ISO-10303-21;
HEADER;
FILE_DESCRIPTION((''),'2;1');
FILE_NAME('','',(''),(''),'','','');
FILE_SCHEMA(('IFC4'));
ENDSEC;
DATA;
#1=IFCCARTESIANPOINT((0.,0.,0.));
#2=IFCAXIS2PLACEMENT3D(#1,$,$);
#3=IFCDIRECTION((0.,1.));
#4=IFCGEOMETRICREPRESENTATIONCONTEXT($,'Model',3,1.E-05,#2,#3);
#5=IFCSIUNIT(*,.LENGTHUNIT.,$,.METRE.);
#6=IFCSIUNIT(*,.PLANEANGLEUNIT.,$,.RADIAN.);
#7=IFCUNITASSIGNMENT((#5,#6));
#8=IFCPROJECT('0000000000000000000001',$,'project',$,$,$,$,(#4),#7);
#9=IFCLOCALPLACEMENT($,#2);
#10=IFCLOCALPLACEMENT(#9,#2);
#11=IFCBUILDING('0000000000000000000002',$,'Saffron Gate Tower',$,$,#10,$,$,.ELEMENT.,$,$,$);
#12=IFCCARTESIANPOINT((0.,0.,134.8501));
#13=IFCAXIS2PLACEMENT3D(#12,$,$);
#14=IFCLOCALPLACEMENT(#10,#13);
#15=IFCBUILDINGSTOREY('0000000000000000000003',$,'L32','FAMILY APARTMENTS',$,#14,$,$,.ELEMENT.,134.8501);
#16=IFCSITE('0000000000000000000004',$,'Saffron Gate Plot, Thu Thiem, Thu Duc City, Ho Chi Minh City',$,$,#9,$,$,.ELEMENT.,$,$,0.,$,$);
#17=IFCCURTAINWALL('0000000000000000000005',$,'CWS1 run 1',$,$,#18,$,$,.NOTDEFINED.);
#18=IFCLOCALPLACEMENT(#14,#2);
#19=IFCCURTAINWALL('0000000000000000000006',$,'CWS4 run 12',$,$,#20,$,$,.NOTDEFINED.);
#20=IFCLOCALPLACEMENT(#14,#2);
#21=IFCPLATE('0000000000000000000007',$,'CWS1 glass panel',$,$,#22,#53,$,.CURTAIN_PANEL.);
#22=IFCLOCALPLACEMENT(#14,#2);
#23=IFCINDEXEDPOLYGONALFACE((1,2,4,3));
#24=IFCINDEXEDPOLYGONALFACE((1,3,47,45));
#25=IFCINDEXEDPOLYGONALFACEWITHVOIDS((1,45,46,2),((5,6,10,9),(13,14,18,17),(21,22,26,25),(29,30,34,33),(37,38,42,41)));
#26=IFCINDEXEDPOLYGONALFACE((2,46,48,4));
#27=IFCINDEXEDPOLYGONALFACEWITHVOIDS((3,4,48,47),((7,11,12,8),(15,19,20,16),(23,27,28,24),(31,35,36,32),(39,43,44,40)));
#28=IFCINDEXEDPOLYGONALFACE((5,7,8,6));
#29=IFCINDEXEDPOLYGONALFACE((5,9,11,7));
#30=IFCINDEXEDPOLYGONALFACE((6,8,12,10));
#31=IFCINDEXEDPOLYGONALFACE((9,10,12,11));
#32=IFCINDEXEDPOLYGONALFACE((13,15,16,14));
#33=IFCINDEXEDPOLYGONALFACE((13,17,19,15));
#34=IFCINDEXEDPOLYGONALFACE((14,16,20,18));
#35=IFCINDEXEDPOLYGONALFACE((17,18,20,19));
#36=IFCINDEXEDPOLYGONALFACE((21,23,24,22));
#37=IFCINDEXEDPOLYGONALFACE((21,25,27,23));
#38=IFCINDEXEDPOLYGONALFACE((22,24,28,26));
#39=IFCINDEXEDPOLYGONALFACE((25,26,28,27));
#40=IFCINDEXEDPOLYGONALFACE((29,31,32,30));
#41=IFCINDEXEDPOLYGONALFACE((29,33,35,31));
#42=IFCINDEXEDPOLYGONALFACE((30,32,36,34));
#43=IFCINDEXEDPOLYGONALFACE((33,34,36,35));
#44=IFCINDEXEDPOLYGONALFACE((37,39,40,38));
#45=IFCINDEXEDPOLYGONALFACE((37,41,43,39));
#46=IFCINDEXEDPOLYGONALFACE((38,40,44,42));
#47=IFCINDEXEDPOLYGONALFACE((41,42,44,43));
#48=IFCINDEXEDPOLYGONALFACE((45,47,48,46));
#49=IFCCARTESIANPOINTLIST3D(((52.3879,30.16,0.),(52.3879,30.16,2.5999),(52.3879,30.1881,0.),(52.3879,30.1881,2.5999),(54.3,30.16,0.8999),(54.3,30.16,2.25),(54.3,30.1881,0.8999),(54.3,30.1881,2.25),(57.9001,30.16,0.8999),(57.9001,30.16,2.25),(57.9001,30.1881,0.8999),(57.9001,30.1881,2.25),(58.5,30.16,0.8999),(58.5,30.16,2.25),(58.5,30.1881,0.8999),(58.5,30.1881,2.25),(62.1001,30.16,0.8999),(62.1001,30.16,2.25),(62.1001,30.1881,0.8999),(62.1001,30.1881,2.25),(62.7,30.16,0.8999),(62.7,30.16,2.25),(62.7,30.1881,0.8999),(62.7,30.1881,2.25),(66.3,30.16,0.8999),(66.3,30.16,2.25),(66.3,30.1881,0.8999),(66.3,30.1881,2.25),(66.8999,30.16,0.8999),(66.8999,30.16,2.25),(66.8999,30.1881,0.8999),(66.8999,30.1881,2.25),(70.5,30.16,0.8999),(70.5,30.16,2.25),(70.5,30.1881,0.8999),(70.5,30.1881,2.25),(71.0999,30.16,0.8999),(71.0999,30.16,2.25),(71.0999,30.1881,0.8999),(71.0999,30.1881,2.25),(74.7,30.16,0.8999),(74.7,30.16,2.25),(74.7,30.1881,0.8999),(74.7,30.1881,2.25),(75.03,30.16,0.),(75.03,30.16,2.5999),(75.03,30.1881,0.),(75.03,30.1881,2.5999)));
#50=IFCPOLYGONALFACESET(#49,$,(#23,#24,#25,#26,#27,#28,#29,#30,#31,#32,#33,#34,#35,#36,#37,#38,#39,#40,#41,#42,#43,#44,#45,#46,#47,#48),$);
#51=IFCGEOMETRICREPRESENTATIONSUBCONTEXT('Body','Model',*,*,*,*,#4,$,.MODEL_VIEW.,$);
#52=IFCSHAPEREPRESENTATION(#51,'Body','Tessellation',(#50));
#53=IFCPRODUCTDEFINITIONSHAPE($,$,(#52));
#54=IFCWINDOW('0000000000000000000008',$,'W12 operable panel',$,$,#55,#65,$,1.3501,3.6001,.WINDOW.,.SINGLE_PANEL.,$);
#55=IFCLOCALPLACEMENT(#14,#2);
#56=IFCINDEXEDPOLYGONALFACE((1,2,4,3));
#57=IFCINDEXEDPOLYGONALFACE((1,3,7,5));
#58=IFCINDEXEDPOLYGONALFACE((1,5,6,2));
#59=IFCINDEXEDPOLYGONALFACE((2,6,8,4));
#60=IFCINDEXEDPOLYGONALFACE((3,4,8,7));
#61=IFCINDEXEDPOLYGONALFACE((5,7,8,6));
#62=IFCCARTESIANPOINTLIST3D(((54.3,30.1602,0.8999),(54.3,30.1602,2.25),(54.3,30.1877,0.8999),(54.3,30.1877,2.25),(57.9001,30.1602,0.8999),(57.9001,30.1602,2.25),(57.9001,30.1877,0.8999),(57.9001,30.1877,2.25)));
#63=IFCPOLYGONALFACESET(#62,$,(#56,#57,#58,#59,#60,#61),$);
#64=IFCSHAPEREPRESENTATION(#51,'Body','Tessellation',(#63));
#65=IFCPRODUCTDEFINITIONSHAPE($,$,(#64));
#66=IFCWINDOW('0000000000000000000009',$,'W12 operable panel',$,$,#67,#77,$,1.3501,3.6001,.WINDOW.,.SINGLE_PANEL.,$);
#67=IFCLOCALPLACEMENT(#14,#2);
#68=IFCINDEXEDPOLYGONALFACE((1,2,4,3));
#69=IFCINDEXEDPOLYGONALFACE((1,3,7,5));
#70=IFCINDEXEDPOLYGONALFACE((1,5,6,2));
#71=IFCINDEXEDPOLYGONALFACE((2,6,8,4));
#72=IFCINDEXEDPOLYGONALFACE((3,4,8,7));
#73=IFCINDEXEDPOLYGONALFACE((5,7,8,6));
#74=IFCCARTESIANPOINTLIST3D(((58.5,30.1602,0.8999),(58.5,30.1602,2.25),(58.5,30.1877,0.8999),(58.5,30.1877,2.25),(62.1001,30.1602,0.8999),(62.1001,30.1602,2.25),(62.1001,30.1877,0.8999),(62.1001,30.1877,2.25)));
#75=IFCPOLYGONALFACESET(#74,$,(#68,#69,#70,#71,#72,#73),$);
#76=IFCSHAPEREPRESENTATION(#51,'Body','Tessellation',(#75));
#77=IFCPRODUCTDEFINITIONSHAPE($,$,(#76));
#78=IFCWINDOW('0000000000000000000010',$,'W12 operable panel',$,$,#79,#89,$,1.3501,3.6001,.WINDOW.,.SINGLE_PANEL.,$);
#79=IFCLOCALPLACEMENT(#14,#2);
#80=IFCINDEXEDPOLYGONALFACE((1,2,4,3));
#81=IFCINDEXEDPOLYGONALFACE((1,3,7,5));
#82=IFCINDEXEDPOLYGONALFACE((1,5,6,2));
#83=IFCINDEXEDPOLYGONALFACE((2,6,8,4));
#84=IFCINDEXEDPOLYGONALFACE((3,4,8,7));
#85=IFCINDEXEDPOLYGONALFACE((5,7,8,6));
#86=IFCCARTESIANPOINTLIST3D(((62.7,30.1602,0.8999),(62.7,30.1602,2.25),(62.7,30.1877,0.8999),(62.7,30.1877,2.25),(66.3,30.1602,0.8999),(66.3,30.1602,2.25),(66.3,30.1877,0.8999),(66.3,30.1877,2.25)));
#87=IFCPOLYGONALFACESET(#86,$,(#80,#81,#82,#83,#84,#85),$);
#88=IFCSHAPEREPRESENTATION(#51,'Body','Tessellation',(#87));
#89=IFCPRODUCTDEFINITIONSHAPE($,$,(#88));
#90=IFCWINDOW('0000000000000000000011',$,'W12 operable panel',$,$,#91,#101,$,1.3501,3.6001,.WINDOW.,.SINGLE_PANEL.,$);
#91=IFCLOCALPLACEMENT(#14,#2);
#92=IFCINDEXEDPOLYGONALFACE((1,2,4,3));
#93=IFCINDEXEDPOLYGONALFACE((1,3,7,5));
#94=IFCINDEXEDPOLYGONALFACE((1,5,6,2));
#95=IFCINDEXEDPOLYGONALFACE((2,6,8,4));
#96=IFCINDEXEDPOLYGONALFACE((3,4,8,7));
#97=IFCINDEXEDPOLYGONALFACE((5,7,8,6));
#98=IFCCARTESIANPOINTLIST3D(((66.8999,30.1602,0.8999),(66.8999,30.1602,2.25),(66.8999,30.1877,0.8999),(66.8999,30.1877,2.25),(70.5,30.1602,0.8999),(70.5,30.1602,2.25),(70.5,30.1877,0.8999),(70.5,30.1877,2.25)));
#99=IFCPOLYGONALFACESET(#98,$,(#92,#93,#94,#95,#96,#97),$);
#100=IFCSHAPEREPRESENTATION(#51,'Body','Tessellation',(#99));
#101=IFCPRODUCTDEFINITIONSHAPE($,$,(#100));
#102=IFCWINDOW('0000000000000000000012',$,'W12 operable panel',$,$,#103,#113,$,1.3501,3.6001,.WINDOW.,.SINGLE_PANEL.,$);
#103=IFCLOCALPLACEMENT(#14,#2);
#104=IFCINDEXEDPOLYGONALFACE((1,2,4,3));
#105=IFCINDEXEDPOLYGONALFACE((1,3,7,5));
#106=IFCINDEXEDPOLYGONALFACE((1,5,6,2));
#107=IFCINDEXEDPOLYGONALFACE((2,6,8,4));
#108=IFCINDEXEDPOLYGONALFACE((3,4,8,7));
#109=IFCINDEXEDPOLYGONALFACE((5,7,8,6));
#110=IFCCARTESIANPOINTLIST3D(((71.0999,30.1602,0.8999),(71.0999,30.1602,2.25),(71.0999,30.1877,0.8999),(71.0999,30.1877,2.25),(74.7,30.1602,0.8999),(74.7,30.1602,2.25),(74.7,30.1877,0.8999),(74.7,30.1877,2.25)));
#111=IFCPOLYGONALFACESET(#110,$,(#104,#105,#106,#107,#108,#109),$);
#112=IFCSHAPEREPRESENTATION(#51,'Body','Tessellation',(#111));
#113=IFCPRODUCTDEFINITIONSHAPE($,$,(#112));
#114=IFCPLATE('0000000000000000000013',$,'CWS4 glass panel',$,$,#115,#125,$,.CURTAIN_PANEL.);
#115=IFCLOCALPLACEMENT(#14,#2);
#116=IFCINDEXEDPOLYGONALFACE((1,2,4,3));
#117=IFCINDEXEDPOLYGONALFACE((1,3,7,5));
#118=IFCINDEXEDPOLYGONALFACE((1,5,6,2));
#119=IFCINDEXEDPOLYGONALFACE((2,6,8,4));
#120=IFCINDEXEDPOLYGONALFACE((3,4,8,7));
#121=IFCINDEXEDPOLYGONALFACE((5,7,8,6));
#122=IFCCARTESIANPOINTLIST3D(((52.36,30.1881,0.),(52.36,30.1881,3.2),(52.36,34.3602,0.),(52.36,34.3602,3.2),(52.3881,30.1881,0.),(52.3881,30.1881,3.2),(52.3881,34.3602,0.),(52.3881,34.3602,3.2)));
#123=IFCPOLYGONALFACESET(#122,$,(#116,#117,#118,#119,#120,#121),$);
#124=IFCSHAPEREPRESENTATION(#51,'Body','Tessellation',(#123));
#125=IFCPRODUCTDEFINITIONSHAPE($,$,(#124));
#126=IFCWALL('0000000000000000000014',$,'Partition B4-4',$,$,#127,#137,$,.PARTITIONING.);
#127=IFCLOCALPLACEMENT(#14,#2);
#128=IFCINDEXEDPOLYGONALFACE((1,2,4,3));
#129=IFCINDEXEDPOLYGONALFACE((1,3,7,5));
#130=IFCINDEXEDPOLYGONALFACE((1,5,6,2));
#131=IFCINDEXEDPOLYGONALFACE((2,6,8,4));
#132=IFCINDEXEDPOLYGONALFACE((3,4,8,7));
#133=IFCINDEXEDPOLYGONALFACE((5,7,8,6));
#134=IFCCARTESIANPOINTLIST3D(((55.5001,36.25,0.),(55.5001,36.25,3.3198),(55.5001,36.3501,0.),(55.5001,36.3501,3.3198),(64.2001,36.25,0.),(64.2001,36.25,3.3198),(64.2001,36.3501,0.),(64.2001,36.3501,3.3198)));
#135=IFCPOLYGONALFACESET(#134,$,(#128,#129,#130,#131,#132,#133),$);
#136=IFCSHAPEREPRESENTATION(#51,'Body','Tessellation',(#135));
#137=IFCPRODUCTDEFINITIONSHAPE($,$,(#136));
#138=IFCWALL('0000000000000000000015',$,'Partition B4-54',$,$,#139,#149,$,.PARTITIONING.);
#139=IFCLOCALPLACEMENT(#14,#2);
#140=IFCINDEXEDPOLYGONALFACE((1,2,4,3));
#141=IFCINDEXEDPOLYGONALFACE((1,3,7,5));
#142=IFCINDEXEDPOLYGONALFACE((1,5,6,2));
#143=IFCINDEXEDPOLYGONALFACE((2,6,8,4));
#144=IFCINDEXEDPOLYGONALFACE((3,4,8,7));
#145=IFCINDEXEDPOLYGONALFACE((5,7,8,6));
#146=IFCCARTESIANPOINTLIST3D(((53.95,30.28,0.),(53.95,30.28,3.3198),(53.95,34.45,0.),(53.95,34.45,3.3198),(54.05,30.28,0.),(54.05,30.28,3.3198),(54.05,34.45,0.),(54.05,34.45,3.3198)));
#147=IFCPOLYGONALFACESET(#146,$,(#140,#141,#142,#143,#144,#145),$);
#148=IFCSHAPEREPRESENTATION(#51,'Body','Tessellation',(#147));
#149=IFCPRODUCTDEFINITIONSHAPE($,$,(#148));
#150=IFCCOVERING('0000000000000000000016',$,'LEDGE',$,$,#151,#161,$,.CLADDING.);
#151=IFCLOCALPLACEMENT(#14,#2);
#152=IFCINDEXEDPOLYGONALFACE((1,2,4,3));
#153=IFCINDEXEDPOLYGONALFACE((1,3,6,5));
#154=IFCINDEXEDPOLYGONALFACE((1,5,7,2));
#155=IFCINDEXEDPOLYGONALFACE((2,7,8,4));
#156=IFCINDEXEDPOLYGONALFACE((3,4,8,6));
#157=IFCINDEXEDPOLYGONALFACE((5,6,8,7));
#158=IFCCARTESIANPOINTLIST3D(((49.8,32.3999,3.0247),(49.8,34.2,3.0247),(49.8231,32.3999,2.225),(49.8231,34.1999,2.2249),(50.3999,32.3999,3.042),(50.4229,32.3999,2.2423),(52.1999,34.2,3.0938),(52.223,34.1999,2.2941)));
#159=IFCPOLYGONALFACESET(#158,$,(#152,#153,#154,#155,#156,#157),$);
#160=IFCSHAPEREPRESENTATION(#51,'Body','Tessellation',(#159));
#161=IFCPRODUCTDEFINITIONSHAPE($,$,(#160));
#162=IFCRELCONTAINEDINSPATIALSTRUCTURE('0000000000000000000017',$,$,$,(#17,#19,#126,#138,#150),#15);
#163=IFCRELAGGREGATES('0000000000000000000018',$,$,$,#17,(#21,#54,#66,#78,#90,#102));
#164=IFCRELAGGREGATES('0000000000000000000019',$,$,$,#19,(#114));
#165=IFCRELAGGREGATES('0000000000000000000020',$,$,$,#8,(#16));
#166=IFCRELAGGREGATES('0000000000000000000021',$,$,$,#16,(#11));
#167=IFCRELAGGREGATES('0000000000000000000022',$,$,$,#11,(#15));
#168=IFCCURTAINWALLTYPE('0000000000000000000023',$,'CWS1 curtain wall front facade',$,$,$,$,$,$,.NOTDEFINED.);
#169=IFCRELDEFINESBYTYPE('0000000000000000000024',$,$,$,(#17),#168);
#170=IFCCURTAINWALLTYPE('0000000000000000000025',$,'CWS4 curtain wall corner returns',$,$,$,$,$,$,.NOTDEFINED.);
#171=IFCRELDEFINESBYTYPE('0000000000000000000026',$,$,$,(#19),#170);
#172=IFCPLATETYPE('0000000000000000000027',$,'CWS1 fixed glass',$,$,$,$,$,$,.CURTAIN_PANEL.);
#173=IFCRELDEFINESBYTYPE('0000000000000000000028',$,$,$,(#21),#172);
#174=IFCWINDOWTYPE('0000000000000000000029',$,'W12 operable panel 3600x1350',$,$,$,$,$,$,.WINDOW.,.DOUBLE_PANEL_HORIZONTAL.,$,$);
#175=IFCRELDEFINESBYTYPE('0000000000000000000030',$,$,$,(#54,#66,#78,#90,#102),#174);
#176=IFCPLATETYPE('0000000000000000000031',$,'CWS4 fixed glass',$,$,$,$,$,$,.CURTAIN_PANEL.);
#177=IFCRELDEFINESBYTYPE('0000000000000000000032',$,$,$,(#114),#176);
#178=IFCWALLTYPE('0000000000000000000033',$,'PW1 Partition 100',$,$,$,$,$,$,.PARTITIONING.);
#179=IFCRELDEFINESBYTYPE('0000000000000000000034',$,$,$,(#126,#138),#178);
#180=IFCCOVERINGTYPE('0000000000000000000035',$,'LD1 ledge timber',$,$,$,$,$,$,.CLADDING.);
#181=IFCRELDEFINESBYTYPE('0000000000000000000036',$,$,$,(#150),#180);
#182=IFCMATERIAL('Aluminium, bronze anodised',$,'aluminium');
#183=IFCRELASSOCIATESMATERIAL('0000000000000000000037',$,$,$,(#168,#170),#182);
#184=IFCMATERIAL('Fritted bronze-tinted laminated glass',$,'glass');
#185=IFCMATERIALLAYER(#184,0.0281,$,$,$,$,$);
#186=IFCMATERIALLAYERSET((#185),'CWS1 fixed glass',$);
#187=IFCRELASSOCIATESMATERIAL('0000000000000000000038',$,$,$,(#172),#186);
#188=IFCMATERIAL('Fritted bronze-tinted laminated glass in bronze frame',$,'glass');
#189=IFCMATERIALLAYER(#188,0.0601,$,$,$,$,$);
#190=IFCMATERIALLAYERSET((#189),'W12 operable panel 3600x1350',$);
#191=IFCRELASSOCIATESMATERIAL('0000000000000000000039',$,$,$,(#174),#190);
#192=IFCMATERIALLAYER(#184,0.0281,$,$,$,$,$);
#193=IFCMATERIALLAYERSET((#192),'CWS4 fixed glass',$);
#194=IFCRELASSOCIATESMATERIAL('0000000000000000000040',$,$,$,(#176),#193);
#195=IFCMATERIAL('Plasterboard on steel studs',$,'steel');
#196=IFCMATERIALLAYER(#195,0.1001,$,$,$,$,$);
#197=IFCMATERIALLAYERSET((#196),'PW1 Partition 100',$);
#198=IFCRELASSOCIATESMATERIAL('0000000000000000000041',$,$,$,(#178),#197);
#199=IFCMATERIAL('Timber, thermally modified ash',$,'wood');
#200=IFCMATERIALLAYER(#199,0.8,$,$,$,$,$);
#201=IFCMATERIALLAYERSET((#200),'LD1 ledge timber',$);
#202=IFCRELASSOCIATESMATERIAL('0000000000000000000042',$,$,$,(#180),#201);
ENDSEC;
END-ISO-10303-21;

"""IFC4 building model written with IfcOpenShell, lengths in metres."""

from ifc_helpers import new_model, si_unit, direction, frame, frame_2d, origin, place, context, subcontext, project, spatial, polyline, rectangle, outline, extrude, material, layer, layer_set, type_object, element, fill, aggregate, save


model = new_model("IFC4")

# Units and contexts
model_context = context("Model", 3, precision=1e-05, world=origin(), true_north=direction((0.0, 1.0)))
body_context = subcontext(model_context, "Body", "Model", "MODEL_VIEW")
ifc_project = project(units=[si_unit("LENGTHUNIT", "METRE"), si_unit("PLANEANGLEUNIT", "RADIAN")], contexts=[model_context])

# Site, building, storey
site_placement = place(None, origin())
site = spatial("IfcSite", under=ifc_project, at=site_placement, Name="Saffron Gate Plot, Thu Thiem, Thu Duc City, Ho Chi Minh City", CompositionType="ELEMENT", RefElevation=0.0)
building_placement = place(site_placement, origin())
building = spatial("IfcBuilding", under=site, at=building_placement, Name="Saffron Gate Tower", CompositionType="ELEMENT")
storey_placement = place(building_placement, frame((0.0, 0.0, 134.8501)))
storey = spatial("IfcBuildingStorey", under=building, at=storey_placement, Name="L32", Description="FAMILY APARTMENTS", CompositionType="ELEMENT", Elevation=134.8501)

# Curtain wall
ifc_material_1 = material(Name="Aluminium, bronze anodised", Category="aluminium")
curtain_wall_type_1 = type_object("IfcCurtainWallType", Name="CWS1 curtain wall front facade", PredefinedType="NOTDEFINED", material=ifc_material_1)
curtain_wall_1_placement = place(storey_placement, origin())
curtain_wall_1 = element("IfcCurtainWall", 1, at=curtain_wall_1_placement, inside=storey, type_object=curtain_wall_type_1, Name="CWS1 run 1", PredefinedType="NOTDEFINED")

# Curtain wall
curtain_wall_type_2 = type_object("IfcCurtainWallType", Name="CWS4 curtain wall corner returns", PredefinedType="NOTDEFINED", material=ifc_material_1)
curtain_wall_2_placement = place(storey_placement, origin())
curtain_wall_2 = element("IfcCurtainWall", 2, at=curtain_wall_2_placement, inside=storey, type_object=curtain_wall_type_2, Name="CWS4 run 12", PredefinedType="NOTDEFINED")

# Plate, openings, windows
ifc_material_2 = material(Name="Fritted bronze-tinted laminated glass", Category="glass")
ifc_layer_1 = layer(ifc_material_2, 0.0281)
ifc_layer_set_1 = layer_set([ifc_layer_1], Name="CWS1 fixed glass")
plate_type_1 = type_object("IfcPlateType", Name="CWS1 fixed glass", PredefinedType="CURTAIN_PANEL", material=ifc_layer_set_1)
plate_1_placement = place(storey_placement, frame((52.3879, 30.1741, 0.0), z_axis=(0.0, 0.0, 1.0), x_axis=(1.0, 0.0, 0.0)))
plate_1 = element("IfcPlate", 3, at=plate_1_placement, type_object=plate_type_1, Name="CWS1 glass panel", PredefinedType="CURTAIN_PANEL", context=body_context, shape_type="SweptSolid", body=[
    extrude(rectangle(XDim=22.6421, YDim=0.0281, at=frame_2d((11.321, 0.0))), origin(), (0.0, 0.0, 1.0), 2.5999),
])
opening_1_placement = place(plate_1_placement, frame((1.9121, 0.0, 0.8999)))
opening_1 = element("IfcOpeningElement", 4, at=opening_1_placement, cuts=plate_1, PredefinedType="OPENING", context=body_context, shape_type="SweptSolid", body=[
    extrude(rectangle(XDim=3.6001, YDim=1.3501, at=frame_2d((1.8, 0.675))), frame((0.0, 0.0239, 0.0), z_axis=(0.0, -1.0, 0.0), x_axis=(1.0, 0.0, 0.0)), (0.0, 0.0, 1.0), 0.0481),
])
opening_2_placement = place(plate_1_placement, frame((6.1121, 0.0, 0.8999)))
opening_2 = element("IfcOpeningElement", 5, at=opening_2_placement, cuts=plate_1, PredefinedType="OPENING", context=body_context, shape_type="SweptSolid", body=[
    extrude(rectangle(XDim=3.6001, YDim=1.3501, at=frame_2d((1.8, 0.675))), frame((0.0, 0.0239, 0.0), z_axis=(0.0, -1.0, 0.0), x_axis=(1.0, 0.0, 0.0)), (0.0, 0.0, 1.0), 0.0481),
])
opening_3_placement = place(plate_1_placement, frame((10.312, 0.0, 0.8999)))
opening_3 = element("IfcOpeningElement", 6, at=opening_3_placement, cuts=plate_1, PredefinedType="OPENING", context=body_context, shape_type="SweptSolid", body=[
    extrude(rectangle(XDim=3.6001, YDim=1.3501, at=frame_2d((1.8, 0.675))), frame((0.0, 0.0239, 0.0), z_axis=(0.0, -1.0, 0.0), x_axis=(1.0, 0.0, 0.0)), (0.0, 0.0, 1.0), 0.0481),
])
opening_4_placement = place(plate_1_placement, frame((14.512, 0.0, 0.8999)))
opening_4 = element("IfcOpeningElement", 7, at=opening_4_placement, cuts=plate_1, PredefinedType="OPENING", context=body_context, shape_type="SweptSolid", body=[
    extrude(rectangle(XDim=3.6001, YDim=1.3501, at=frame_2d((1.8, 0.675))), frame((0.0, 0.0239, 0.0), z_axis=(0.0, -1.0, 0.0), x_axis=(1.0, 0.0, 0.0)), (0.0, 0.0, 1.0), 0.0481),
])
opening_5_placement = place(plate_1_placement, frame((18.7119, 0.0, 0.8999)))
opening_5 = element("IfcOpeningElement", 8, at=opening_5_placement, cuts=plate_1, PredefinedType="OPENING", context=body_context, shape_type="SweptSolid", body=[
    extrude(rectangle(XDim=3.6001, YDim=1.3501, at=frame_2d((1.8, 0.675))), frame((0.0, 0.0239, 0.0), z_axis=(0.0, -1.0, 0.0), x_axis=(1.0, 0.0, 0.0)), (0.0, 0.0, 1.0), 0.0481),
])
ifc_material_3 = material(Name="Fritted bronze-tinted laminated glass in bronze frame", Category="glass")
ifc_layer_2 = layer(ifc_material_3, 0.0601)
ifc_layer_set_2 = layer_set([ifc_layer_2], Name="W12 operable panel 3600x1350")
window_type = type_object("IfcWindowType", Name="W12 operable panel 3600x1350", PartitioningType="DOUBLE_PANEL_HORIZONTAL", PredefinedType="WINDOW", material=ifc_layer_set_2)
window_1_placement = place(opening_1_placement, origin())
window_1 = element("IfcWindow", 9, at=window_1_placement, type_object=window_type, Name="W12 operable panel", OverallHeight=1.3501, OverallWidth=3.6001, PartitioningType="SINGLE_PANEL", PredefinedType="WINDOW", context=body_context, shape_type="SweptSolid", body=[
    extrude(rectangle(XDim=3.6001, YDim=1.3501, at=frame_2d((1.8, 0.675))), frame((0.0, 0.0137, 0.0), z_axis=(0.0, -1.0, 0.0), x_axis=(1.0, 0.0, 0.0)), (0.0, 0.0, 1.0), 0.0276),
])
fill(opening_1, window_1)
window_2_placement = place(opening_2_placement, origin())
window_2 = element("IfcWindow", 10, at=window_2_placement, type_object=window_type, Name="W12 operable panel", OverallHeight=1.3501, OverallWidth=3.6001, PartitioningType="SINGLE_PANEL", PredefinedType="WINDOW", context=body_context, shape_type="SweptSolid", body=[
    extrude(rectangle(XDim=3.6001, YDim=1.3501, at=frame_2d((1.8, 0.675))), frame((0.0, 0.0137, 0.0), z_axis=(0.0, -1.0, 0.0), x_axis=(1.0, 0.0, 0.0)), (0.0, 0.0, 1.0), 0.0276),
])
fill(opening_2, window_2)
window_3_placement = place(opening_3_placement, origin())
window_3 = element("IfcWindow", 11, at=window_3_placement, type_object=window_type, Name="W12 operable panel", OverallHeight=1.3501, OverallWidth=3.6001, PartitioningType="SINGLE_PANEL", PredefinedType="WINDOW", context=body_context, shape_type="SweptSolid", body=[
    extrude(rectangle(XDim=3.6001, YDim=1.3501, at=frame_2d((1.8, 0.675))), frame((0.0, 0.0137, 0.0), z_axis=(0.0, -1.0, 0.0), x_axis=(1.0, 0.0, 0.0)), (0.0, 0.0, 1.0), 0.0276),
])
fill(opening_3, window_3)
window_4_placement = place(opening_4_placement, origin())
window_4 = element("IfcWindow", 12, at=window_4_placement, type_object=window_type, Name="W12 operable panel", OverallHeight=1.3501, OverallWidth=3.6001, PartitioningType="SINGLE_PANEL", PredefinedType="WINDOW", context=body_context, shape_type="SweptSolid", body=[
    extrude(rectangle(XDim=3.6001, YDim=1.3501, at=frame_2d((1.8, 0.675))), frame((0.0, 0.0137, 0.0), z_axis=(0.0, -1.0, 0.0), x_axis=(1.0, 0.0, 0.0)), (0.0, 0.0, 1.0), 0.0276),
])
fill(opening_4, window_4)
window_5_placement = place(opening_5_placement, origin())
window_5 = element("IfcWindow", 13, at=window_5_placement, type_object=window_type, Name="W12 operable panel", OverallHeight=1.3501, OverallWidth=3.6001, PartitioningType="SINGLE_PANEL", PredefinedType="WINDOW", context=body_context, shape_type="SweptSolid", body=[
    extrude(rectangle(XDim=3.6001, YDim=1.3501, at=frame_2d((1.8, 0.675))), frame((0.0, 0.0137, 0.0), z_axis=(0.0, -1.0, 0.0), x_axis=(1.0, 0.0, 0.0)), (0.0, 0.0, 1.0), 0.0276),
])
fill(opening_5, window_5)
aggregate(curtain_wall_1, [plate_1, window_1, window_2, window_3, window_4, window_5])

# Plate
ifc_layer_3 = layer(ifc_material_2, 0.0281)
ifc_layer_set_3 = layer_set([ifc_layer_3], Name="CWS4 fixed glass")
plate_type_2 = type_object("IfcPlateType", Name="CWS4 fixed glass", PredefinedType="CURTAIN_PANEL", material=ifc_layer_set_3)
plate_2_placement = place(storey_placement, frame((52.374, 34.3601, 0.0), z_axis=(0.0, 0.0, 1.0), x_axis=(0.0, -1.0, 0.0)))
plate_2 = element("IfcPlate", 14, at=plate_2_placement, type_object=plate_type_2, Name="CWS4 glass panel", PredefinedType="CURTAIN_PANEL", context=body_context, shape_type="SweptSolid", body=[
    extrude(rectangle(XDim=4.1721, YDim=0.0281, at=frame_2d((2.0859, 0.0))), origin(), (0.0, 0.0, 1.0), 3.2),
])
aggregate(curtain_wall_2, [plate_2])

# Walls
ifc_material_4 = material(Name="Plasterboard on steel studs", Category="steel")
ifc_layer_4 = layer(ifc_material_4, 0.1001)
ifc_layer_set_4 = layer_set([ifc_layer_4], Name="PW1 Partition 100")
wall_type = type_object("IfcWallType", Name="PW1 Partition 100", PredefinedType="PARTITIONING", material=ifc_layer_set_4)
wall_1_placement = place(storey_placement, frame((55.5, 36.3, 0.0), z_axis=(0.0, 0.0, 1.0), x_axis=(1.0, 0.0, 0.0)))
element("IfcWall", 15, at=wall_1_placement, inside=storey, type_object=wall_type, Name="Partition B4-4", PredefinedType="PARTITIONING", context=body_context, shape_type="SweptSolid", body=[
    extrude(rectangle(XDim=8.7, YDim=0.1001, at=frame_2d((4.3501, 0.0))), origin(), (0.0, 0.0, 1.0), 3.3198),
])
wall_2_placement = place(storey_placement, frame((54.0, 34.45, 0.0), z_axis=(0.0, 0.0, 1.0), x_axis=(0.0, -1.0, 0.0)))
element("IfcWall", 16, at=wall_2_placement, inside=storey, type_object=wall_type, Name="Partition B4-54", PredefinedType="PARTITIONING", context=body_context, shape_type="SweptSolid", body=[
    extrude(rectangle(XDim=4.1699, YDim=0.1001, at=frame_2d((2.085, 0.0))), origin(), (0.0, 0.0, 1.0), 3.3198),
])

# Covering
ifc_material_5 = material(Name="Timber, thermally modified ash", Category="wood")
ifc_layer_5 = layer(ifc_material_5, 0.8)
ifc_layer_set_5 = layer_set([ifc_layer_5], Name="LD1 ledge timber")
covering_type_1 = type_object("IfcCoveringType", Name="LD1 ledge timber", PredefinedType="CLADDING", material=ifc_layer_set_5)
covering_1_placement = place(storey_placement, frame((49.8, 34.2, 3.0247), z_axis=(-0.028799, 0.000029, 0.999585), x_axis=(0.999585, 0.0, 0.028799)))
element("IfcCovering", 17, at=covering_1_placement, inside=storey, type_object=covering_type_1, Name="LEDGE", PredefinedType="CLADDING", context=body_context, shape_type="SweptSolid", body=[
    extrude(outline(polyline([(0.0, 0.0), (2.4009, 0.0), (0.6001, -1.8), (0.0, -1.8), (0.0, 0.0)])), origin(), (0.0, 0.0, -1.0), 0.8),
])

save(model, "model.ifc")
